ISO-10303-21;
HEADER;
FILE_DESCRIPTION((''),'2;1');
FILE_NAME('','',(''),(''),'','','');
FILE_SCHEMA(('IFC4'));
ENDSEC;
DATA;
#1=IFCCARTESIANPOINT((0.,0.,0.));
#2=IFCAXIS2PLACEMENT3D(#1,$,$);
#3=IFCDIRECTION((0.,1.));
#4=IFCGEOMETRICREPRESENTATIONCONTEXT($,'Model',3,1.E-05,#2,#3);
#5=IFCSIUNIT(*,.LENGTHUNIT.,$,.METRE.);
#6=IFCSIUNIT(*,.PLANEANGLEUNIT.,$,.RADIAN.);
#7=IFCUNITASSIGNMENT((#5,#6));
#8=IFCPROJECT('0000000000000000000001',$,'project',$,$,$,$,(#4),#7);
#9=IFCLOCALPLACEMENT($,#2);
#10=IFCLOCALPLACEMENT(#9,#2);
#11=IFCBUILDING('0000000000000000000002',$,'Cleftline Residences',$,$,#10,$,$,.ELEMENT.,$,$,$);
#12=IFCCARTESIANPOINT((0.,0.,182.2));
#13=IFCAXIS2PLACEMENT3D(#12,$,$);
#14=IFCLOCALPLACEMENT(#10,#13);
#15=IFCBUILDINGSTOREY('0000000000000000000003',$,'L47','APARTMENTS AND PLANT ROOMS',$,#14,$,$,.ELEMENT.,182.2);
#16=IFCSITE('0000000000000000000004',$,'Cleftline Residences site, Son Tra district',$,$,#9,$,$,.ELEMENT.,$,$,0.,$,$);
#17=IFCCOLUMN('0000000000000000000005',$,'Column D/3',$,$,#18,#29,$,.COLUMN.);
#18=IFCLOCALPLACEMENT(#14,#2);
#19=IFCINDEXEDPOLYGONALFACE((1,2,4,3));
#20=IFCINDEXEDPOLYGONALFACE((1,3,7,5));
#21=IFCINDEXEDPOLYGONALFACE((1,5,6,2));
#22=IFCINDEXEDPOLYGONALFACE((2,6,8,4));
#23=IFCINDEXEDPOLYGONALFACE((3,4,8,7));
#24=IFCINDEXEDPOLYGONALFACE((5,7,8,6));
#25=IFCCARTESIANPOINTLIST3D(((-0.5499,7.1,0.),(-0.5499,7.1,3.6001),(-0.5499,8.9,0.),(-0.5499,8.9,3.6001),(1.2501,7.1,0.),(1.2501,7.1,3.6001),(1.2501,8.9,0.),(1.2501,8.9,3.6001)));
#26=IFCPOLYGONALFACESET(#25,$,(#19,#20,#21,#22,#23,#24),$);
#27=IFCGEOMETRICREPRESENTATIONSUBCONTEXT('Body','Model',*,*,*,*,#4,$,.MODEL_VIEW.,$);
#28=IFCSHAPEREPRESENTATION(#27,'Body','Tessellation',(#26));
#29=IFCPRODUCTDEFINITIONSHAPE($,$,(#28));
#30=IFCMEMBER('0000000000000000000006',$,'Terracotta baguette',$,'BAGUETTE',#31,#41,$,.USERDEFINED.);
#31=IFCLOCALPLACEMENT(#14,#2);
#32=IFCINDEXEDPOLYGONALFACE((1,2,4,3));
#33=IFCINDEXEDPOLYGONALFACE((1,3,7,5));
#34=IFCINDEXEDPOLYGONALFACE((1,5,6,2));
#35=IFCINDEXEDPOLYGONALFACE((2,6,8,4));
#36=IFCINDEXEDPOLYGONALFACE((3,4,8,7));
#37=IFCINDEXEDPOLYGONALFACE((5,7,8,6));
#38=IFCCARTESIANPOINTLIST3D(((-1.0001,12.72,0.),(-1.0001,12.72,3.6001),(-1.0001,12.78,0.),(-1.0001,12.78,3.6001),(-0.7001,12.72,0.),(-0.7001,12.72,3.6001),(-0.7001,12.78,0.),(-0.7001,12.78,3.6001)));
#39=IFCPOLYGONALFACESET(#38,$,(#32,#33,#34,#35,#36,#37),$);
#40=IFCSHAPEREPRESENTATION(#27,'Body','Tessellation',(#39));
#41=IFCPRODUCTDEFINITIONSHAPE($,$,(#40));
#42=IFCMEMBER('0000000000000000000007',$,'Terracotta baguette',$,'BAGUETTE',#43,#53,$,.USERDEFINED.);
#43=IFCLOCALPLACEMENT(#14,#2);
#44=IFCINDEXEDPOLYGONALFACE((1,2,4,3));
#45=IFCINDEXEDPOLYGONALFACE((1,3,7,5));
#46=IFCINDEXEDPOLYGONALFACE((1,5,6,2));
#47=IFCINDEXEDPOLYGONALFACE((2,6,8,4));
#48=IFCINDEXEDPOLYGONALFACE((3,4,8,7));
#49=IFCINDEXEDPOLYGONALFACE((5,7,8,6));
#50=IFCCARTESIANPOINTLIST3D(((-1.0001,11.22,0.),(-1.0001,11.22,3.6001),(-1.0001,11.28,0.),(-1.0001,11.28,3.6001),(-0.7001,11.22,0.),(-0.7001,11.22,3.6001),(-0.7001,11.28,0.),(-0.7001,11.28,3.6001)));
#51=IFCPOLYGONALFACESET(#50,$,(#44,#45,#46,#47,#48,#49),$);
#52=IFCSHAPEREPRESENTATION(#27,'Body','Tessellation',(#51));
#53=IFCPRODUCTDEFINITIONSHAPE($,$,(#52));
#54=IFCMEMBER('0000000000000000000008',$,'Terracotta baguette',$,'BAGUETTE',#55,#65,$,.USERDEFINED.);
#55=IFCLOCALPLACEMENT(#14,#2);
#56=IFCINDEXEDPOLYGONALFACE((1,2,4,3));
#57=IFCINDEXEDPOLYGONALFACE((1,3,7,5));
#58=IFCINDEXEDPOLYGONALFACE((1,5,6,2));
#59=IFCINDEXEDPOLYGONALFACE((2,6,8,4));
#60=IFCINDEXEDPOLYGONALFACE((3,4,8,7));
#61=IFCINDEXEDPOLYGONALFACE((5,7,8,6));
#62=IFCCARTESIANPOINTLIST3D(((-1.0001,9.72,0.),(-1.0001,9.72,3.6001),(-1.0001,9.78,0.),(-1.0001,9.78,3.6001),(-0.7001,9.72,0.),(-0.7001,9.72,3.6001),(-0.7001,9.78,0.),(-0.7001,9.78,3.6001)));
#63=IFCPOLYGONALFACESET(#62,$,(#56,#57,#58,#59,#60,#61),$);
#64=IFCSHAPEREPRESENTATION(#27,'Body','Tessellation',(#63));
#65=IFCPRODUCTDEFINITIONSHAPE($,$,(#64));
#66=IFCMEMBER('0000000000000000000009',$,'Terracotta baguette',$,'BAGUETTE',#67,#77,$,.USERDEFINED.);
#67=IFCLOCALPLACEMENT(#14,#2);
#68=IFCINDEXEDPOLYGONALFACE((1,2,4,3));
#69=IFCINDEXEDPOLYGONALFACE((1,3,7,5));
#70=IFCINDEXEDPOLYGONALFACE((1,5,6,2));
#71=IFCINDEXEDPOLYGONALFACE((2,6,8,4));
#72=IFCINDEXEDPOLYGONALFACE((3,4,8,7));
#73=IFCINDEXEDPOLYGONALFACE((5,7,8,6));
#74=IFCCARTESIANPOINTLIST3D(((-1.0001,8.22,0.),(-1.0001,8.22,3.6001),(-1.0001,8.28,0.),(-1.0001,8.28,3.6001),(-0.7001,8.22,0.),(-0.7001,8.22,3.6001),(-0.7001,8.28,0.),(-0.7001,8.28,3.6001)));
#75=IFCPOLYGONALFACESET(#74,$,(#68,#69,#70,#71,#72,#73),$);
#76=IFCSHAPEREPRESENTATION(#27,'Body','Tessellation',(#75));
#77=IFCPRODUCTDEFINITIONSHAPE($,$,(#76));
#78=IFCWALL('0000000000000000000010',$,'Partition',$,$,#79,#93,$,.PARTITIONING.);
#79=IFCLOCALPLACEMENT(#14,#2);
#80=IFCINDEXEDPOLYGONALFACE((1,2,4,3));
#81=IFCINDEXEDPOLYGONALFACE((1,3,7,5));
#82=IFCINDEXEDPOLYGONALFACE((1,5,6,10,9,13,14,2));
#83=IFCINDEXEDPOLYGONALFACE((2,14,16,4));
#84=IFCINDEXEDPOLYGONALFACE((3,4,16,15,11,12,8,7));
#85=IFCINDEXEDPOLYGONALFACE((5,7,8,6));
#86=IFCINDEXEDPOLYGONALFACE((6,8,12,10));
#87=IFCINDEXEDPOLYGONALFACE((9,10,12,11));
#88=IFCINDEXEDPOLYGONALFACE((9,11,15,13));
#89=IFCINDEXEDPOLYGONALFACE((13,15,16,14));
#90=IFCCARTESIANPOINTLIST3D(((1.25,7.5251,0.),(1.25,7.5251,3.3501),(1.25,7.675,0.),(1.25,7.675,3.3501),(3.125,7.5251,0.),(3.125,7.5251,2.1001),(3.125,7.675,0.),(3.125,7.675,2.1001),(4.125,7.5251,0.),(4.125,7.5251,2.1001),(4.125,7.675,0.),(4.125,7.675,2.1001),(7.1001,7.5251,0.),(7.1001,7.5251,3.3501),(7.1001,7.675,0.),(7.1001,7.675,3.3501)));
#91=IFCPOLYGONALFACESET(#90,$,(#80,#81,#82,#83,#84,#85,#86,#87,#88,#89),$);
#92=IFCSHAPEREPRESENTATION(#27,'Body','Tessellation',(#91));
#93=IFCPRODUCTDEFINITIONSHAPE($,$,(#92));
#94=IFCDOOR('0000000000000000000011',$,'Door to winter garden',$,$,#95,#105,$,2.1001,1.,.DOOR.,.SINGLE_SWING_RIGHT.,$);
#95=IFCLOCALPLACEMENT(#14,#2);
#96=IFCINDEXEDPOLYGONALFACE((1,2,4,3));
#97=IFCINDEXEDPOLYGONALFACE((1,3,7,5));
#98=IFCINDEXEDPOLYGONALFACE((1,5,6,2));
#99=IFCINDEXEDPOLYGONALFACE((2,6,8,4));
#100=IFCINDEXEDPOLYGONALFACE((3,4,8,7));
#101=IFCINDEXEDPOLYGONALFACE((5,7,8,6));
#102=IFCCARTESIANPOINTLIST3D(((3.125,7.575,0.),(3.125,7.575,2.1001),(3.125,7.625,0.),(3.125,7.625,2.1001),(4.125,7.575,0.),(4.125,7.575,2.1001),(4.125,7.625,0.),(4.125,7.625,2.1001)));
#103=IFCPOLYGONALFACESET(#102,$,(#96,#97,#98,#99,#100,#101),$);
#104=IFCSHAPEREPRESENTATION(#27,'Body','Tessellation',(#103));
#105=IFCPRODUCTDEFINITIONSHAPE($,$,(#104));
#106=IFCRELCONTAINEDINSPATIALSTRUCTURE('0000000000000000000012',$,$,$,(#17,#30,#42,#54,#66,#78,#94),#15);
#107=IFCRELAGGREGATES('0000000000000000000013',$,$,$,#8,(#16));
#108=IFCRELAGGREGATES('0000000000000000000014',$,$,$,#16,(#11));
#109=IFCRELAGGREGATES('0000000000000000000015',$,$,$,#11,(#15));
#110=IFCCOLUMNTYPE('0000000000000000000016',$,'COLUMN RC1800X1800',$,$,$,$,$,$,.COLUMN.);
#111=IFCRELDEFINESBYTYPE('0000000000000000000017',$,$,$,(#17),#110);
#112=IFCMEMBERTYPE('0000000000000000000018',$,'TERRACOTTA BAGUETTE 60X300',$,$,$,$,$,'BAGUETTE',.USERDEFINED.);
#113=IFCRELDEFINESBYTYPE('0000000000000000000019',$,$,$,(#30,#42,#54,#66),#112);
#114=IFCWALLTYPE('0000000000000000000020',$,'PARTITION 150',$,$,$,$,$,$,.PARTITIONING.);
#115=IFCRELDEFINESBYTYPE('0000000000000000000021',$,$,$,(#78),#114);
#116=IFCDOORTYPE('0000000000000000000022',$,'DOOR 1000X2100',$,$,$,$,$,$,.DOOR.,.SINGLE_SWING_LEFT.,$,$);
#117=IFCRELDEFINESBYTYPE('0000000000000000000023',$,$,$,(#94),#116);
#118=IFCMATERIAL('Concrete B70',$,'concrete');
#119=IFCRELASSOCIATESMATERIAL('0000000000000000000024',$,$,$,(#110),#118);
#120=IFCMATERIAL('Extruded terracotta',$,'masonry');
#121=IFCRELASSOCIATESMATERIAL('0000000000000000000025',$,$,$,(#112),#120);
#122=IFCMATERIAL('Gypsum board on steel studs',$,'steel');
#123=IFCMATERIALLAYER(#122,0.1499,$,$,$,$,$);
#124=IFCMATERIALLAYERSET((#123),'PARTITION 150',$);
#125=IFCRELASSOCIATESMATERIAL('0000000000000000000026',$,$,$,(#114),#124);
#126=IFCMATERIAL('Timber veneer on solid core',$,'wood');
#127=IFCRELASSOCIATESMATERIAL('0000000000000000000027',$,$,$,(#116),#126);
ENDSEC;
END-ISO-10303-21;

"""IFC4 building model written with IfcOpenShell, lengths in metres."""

from ifc_helpers import new_model, si_unit, direction, frame, frame_2d, origin, origin_2d, place, context, subcontext, project, spatial, rectangle, extrude, material, layer, layer_set, material_profile, profile_set, type_object, element, fill, save


model = new_model("IFC4")

# Units and contexts
model_context = context("Model", 3, precision=1e-05, world=origin(), true_north=direction((0.0, 1.0)))
body_context = subcontext(model_context, "Body", "Model", "MODEL_VIEW")
ifc_project = project(units=[si_unit("LENGTHUNIT", "METRE"), si_unit("PLANEANGLEUNIT", "RADIAN")], contexts=[model_context])

# Site, building, storey
site_placement = place(None, origin())
site = spatial("IfcSite", under=ifc_project, at=site_placement, Name="Cleftline Residences site, Son Tra district", CompositionType="ELEMENT", RefElevation=0.0)
building_placement = place(site_placement, origin())
building = spatial("IfcBuilding", under=site, at=building_placement, Name="Cleftline Residences", CompositionType="ELEMENT")
storey_placement = place(building_placement, frame((0.0, 0.0, 182.2)))
storey = spatial("IfcBuildingStorey", under=building, at=storey_placement, Name="L47", Description="APARTMENTS AND PLANT ROOMS", CompositionType="ELEMENT", Elevation=182.2)

# Column
ifc_material_1 = material(Name="Concrete B70", Category="concrete")
ifc_material_profile_1 = material_profile(ifc_material_1, rectangle(XDim=1.8, YDim=1.8, at=origin_2d()))
ifc_profile_set_1 = profile_set([ifc_material_profile_1], Name="Concrete B70")
column_type = type_object("IfcColumnType", Name="COLUMN RC1800X1800", PredefinedType="COLUMN", material=ifc_profile_set_1)
column_placement = place(storey_placement, frame((0.3501, 8.0, 0.0), z_axis=(0.0, 0.0, 1.0), x_axis=(1.0, 0.0, 0.0)))
element("IfcColumn", 1, at=column_placement, inside=storey, type_object=column_type, Name="Column D/3", PredefinedType="COLUMN", context=body_context, shape_type="SweptSolid", body=[
    extrude(rectangle(XDim=1.8, YDim=1.8, at=origin_2d()), origin(), (0.0, 0.0, 1.0), 3.6001),
])

# Members
ifc_material_2 = material(Name="Extruded terracotta", Category="masonry")
ifc_material_profile_2 = material_profile(ifc_material_2, rectangle(XDim=0.0601, YDim=0.3, at=origin_2d()))
ifc_profile_set_2 = profile_set([ifc_material_profile_2], Name="Extruded terracotta")
member_type = type_object("IfcMemberType", Name="TERRACOTTA BAGUETTE 60X300", ElementType="BAGUETTE", PredefinedType="USERDEFINED", material=ifc_profile_set_2)
for number, where, z_axis, x_axis, name in (
    (2, (-0.8501, 12.75, 0.0), (0.0, 0.0, 1.0), (0.0, 1.0, 0.0), "Terracotta baguette"),
    (3, (-0.8501, 11.25, 0.0), (0.0, 0.0, 1.0), (0.0, 1.0, 0.0), "Terracotta baguette"),
    (4, (-0.8501, 9.75, 0.0), (0.0, 0.0, 1.0), (0.0, 1.0, 0.0), "Terracotta baguette"),
    (5, (-0.8501, 8.25, 0.0), (0.0, 0.0, 1.0), (0.0, 1.0, 0.0), "Terracotta baguette"),
):
    element("IfcMember", number, at=place(storey_placement, frame(where, z_axis=z_axis, x_axis=x_axis)), inside=storey, type_object=member_type, Name=name, ObjectType="BAGUETTE", PredefinedType="USERDEFINED", context=body_context, shape_type="SweptSolid", body=[
        extrude(rectangle(XDim=0.0601, YDim=0.3, at=origin_2d()), origin(), (0.0, 0.0, 1.0), 3.6001),
    ])

# Wall, opening, door
ifc_material_3 = material(Name="Gypsum board on steel studs", Category="steel")
ifc_layer = layer(ifc_material_3, 0.1499)
ifc_layer_set = layer_set([ifc_layer], Name="PARTITION 150")
wall_type = type_object("IfcWallType", Name="PARTITION 150", PredefinedType="PARTITIONING", material=ifc_layer_set)
wall_1_placement = place(storey_placement, frame((1.25, 7.6001, 0.0), z_axis=(0.0, 0.0, 1.0), x_axis=(1.0, 0.0, 0.0)))
wall_1 = element("IfcWall", 6, at=wall_1_placement, inside=storey, type_object=wall_type, Name="Partition", PredefinedType="PARTITIONING", context=body_context, shape_type="SweptSolid", body=[
    extrude(rectangle(XDim=5.8501, YDim=0.1499, at=frame_2d((2.925, 0.0))), origin(), (0.0, 0.0, 1.0), 3.3501),
])
opening_1_placement = place(wall_1_placement, frame((1.875, 0.0, 0.0)))
opening_1 = element("IfcOpeningElement", 7, at=opening_1_placement, cuts=wall_1, PredefinedType="OPENING", context=body_context, shape_type="SweptSolid", body=[
    extrude(rectangle(XDim=1.0, YDim=2.1001, at=frame_2d((0.5, 1.05))), frame((0.0, 0.085, 0.0), z_axis=(0.0, -1.0, 0.0), x_axis=(1.0, 0.0, 0.0)), (0.0, 0.0, 1.0), 0.1699),
])
ifc_material_4 = material(Name="Timber veneer on solid core", Category="wood")
door_type_1 = type_object("IfcDoorType", Name="DOOR 1000X2100", OperationType="SINGLE_SWING_LEFT", PredefinedType="DOOR", material=ifc_material_4)
door_1_placement = place(opening_1_placement, origin())
door_1 = element("IfcDoor", 8, at=door_1_placement, inside=storey, type_object=door_type_1, Name="Door to winter garden", OperationType="SINGLE_SWING_RIGHT", OverallHeight=2.1001, OverallWidth=1.0, PredefinedType="DOOR", context=body_context, shape_type="SweptSolid", body=[
    extrude(rectangle(XDim=1.0, YDim=2.1001, at=frame_2d((0.5, 1.05))), frame((0.0, 0.0249, 0.0), z_axis=(0.0, -1.0, 0.0), x_axis=(1.0, 0.0, 0.0)), (0.0, 0.0, 1.0), 0.05),
])
fill(opening_1, door_1)

save(model, "model.ifc")
